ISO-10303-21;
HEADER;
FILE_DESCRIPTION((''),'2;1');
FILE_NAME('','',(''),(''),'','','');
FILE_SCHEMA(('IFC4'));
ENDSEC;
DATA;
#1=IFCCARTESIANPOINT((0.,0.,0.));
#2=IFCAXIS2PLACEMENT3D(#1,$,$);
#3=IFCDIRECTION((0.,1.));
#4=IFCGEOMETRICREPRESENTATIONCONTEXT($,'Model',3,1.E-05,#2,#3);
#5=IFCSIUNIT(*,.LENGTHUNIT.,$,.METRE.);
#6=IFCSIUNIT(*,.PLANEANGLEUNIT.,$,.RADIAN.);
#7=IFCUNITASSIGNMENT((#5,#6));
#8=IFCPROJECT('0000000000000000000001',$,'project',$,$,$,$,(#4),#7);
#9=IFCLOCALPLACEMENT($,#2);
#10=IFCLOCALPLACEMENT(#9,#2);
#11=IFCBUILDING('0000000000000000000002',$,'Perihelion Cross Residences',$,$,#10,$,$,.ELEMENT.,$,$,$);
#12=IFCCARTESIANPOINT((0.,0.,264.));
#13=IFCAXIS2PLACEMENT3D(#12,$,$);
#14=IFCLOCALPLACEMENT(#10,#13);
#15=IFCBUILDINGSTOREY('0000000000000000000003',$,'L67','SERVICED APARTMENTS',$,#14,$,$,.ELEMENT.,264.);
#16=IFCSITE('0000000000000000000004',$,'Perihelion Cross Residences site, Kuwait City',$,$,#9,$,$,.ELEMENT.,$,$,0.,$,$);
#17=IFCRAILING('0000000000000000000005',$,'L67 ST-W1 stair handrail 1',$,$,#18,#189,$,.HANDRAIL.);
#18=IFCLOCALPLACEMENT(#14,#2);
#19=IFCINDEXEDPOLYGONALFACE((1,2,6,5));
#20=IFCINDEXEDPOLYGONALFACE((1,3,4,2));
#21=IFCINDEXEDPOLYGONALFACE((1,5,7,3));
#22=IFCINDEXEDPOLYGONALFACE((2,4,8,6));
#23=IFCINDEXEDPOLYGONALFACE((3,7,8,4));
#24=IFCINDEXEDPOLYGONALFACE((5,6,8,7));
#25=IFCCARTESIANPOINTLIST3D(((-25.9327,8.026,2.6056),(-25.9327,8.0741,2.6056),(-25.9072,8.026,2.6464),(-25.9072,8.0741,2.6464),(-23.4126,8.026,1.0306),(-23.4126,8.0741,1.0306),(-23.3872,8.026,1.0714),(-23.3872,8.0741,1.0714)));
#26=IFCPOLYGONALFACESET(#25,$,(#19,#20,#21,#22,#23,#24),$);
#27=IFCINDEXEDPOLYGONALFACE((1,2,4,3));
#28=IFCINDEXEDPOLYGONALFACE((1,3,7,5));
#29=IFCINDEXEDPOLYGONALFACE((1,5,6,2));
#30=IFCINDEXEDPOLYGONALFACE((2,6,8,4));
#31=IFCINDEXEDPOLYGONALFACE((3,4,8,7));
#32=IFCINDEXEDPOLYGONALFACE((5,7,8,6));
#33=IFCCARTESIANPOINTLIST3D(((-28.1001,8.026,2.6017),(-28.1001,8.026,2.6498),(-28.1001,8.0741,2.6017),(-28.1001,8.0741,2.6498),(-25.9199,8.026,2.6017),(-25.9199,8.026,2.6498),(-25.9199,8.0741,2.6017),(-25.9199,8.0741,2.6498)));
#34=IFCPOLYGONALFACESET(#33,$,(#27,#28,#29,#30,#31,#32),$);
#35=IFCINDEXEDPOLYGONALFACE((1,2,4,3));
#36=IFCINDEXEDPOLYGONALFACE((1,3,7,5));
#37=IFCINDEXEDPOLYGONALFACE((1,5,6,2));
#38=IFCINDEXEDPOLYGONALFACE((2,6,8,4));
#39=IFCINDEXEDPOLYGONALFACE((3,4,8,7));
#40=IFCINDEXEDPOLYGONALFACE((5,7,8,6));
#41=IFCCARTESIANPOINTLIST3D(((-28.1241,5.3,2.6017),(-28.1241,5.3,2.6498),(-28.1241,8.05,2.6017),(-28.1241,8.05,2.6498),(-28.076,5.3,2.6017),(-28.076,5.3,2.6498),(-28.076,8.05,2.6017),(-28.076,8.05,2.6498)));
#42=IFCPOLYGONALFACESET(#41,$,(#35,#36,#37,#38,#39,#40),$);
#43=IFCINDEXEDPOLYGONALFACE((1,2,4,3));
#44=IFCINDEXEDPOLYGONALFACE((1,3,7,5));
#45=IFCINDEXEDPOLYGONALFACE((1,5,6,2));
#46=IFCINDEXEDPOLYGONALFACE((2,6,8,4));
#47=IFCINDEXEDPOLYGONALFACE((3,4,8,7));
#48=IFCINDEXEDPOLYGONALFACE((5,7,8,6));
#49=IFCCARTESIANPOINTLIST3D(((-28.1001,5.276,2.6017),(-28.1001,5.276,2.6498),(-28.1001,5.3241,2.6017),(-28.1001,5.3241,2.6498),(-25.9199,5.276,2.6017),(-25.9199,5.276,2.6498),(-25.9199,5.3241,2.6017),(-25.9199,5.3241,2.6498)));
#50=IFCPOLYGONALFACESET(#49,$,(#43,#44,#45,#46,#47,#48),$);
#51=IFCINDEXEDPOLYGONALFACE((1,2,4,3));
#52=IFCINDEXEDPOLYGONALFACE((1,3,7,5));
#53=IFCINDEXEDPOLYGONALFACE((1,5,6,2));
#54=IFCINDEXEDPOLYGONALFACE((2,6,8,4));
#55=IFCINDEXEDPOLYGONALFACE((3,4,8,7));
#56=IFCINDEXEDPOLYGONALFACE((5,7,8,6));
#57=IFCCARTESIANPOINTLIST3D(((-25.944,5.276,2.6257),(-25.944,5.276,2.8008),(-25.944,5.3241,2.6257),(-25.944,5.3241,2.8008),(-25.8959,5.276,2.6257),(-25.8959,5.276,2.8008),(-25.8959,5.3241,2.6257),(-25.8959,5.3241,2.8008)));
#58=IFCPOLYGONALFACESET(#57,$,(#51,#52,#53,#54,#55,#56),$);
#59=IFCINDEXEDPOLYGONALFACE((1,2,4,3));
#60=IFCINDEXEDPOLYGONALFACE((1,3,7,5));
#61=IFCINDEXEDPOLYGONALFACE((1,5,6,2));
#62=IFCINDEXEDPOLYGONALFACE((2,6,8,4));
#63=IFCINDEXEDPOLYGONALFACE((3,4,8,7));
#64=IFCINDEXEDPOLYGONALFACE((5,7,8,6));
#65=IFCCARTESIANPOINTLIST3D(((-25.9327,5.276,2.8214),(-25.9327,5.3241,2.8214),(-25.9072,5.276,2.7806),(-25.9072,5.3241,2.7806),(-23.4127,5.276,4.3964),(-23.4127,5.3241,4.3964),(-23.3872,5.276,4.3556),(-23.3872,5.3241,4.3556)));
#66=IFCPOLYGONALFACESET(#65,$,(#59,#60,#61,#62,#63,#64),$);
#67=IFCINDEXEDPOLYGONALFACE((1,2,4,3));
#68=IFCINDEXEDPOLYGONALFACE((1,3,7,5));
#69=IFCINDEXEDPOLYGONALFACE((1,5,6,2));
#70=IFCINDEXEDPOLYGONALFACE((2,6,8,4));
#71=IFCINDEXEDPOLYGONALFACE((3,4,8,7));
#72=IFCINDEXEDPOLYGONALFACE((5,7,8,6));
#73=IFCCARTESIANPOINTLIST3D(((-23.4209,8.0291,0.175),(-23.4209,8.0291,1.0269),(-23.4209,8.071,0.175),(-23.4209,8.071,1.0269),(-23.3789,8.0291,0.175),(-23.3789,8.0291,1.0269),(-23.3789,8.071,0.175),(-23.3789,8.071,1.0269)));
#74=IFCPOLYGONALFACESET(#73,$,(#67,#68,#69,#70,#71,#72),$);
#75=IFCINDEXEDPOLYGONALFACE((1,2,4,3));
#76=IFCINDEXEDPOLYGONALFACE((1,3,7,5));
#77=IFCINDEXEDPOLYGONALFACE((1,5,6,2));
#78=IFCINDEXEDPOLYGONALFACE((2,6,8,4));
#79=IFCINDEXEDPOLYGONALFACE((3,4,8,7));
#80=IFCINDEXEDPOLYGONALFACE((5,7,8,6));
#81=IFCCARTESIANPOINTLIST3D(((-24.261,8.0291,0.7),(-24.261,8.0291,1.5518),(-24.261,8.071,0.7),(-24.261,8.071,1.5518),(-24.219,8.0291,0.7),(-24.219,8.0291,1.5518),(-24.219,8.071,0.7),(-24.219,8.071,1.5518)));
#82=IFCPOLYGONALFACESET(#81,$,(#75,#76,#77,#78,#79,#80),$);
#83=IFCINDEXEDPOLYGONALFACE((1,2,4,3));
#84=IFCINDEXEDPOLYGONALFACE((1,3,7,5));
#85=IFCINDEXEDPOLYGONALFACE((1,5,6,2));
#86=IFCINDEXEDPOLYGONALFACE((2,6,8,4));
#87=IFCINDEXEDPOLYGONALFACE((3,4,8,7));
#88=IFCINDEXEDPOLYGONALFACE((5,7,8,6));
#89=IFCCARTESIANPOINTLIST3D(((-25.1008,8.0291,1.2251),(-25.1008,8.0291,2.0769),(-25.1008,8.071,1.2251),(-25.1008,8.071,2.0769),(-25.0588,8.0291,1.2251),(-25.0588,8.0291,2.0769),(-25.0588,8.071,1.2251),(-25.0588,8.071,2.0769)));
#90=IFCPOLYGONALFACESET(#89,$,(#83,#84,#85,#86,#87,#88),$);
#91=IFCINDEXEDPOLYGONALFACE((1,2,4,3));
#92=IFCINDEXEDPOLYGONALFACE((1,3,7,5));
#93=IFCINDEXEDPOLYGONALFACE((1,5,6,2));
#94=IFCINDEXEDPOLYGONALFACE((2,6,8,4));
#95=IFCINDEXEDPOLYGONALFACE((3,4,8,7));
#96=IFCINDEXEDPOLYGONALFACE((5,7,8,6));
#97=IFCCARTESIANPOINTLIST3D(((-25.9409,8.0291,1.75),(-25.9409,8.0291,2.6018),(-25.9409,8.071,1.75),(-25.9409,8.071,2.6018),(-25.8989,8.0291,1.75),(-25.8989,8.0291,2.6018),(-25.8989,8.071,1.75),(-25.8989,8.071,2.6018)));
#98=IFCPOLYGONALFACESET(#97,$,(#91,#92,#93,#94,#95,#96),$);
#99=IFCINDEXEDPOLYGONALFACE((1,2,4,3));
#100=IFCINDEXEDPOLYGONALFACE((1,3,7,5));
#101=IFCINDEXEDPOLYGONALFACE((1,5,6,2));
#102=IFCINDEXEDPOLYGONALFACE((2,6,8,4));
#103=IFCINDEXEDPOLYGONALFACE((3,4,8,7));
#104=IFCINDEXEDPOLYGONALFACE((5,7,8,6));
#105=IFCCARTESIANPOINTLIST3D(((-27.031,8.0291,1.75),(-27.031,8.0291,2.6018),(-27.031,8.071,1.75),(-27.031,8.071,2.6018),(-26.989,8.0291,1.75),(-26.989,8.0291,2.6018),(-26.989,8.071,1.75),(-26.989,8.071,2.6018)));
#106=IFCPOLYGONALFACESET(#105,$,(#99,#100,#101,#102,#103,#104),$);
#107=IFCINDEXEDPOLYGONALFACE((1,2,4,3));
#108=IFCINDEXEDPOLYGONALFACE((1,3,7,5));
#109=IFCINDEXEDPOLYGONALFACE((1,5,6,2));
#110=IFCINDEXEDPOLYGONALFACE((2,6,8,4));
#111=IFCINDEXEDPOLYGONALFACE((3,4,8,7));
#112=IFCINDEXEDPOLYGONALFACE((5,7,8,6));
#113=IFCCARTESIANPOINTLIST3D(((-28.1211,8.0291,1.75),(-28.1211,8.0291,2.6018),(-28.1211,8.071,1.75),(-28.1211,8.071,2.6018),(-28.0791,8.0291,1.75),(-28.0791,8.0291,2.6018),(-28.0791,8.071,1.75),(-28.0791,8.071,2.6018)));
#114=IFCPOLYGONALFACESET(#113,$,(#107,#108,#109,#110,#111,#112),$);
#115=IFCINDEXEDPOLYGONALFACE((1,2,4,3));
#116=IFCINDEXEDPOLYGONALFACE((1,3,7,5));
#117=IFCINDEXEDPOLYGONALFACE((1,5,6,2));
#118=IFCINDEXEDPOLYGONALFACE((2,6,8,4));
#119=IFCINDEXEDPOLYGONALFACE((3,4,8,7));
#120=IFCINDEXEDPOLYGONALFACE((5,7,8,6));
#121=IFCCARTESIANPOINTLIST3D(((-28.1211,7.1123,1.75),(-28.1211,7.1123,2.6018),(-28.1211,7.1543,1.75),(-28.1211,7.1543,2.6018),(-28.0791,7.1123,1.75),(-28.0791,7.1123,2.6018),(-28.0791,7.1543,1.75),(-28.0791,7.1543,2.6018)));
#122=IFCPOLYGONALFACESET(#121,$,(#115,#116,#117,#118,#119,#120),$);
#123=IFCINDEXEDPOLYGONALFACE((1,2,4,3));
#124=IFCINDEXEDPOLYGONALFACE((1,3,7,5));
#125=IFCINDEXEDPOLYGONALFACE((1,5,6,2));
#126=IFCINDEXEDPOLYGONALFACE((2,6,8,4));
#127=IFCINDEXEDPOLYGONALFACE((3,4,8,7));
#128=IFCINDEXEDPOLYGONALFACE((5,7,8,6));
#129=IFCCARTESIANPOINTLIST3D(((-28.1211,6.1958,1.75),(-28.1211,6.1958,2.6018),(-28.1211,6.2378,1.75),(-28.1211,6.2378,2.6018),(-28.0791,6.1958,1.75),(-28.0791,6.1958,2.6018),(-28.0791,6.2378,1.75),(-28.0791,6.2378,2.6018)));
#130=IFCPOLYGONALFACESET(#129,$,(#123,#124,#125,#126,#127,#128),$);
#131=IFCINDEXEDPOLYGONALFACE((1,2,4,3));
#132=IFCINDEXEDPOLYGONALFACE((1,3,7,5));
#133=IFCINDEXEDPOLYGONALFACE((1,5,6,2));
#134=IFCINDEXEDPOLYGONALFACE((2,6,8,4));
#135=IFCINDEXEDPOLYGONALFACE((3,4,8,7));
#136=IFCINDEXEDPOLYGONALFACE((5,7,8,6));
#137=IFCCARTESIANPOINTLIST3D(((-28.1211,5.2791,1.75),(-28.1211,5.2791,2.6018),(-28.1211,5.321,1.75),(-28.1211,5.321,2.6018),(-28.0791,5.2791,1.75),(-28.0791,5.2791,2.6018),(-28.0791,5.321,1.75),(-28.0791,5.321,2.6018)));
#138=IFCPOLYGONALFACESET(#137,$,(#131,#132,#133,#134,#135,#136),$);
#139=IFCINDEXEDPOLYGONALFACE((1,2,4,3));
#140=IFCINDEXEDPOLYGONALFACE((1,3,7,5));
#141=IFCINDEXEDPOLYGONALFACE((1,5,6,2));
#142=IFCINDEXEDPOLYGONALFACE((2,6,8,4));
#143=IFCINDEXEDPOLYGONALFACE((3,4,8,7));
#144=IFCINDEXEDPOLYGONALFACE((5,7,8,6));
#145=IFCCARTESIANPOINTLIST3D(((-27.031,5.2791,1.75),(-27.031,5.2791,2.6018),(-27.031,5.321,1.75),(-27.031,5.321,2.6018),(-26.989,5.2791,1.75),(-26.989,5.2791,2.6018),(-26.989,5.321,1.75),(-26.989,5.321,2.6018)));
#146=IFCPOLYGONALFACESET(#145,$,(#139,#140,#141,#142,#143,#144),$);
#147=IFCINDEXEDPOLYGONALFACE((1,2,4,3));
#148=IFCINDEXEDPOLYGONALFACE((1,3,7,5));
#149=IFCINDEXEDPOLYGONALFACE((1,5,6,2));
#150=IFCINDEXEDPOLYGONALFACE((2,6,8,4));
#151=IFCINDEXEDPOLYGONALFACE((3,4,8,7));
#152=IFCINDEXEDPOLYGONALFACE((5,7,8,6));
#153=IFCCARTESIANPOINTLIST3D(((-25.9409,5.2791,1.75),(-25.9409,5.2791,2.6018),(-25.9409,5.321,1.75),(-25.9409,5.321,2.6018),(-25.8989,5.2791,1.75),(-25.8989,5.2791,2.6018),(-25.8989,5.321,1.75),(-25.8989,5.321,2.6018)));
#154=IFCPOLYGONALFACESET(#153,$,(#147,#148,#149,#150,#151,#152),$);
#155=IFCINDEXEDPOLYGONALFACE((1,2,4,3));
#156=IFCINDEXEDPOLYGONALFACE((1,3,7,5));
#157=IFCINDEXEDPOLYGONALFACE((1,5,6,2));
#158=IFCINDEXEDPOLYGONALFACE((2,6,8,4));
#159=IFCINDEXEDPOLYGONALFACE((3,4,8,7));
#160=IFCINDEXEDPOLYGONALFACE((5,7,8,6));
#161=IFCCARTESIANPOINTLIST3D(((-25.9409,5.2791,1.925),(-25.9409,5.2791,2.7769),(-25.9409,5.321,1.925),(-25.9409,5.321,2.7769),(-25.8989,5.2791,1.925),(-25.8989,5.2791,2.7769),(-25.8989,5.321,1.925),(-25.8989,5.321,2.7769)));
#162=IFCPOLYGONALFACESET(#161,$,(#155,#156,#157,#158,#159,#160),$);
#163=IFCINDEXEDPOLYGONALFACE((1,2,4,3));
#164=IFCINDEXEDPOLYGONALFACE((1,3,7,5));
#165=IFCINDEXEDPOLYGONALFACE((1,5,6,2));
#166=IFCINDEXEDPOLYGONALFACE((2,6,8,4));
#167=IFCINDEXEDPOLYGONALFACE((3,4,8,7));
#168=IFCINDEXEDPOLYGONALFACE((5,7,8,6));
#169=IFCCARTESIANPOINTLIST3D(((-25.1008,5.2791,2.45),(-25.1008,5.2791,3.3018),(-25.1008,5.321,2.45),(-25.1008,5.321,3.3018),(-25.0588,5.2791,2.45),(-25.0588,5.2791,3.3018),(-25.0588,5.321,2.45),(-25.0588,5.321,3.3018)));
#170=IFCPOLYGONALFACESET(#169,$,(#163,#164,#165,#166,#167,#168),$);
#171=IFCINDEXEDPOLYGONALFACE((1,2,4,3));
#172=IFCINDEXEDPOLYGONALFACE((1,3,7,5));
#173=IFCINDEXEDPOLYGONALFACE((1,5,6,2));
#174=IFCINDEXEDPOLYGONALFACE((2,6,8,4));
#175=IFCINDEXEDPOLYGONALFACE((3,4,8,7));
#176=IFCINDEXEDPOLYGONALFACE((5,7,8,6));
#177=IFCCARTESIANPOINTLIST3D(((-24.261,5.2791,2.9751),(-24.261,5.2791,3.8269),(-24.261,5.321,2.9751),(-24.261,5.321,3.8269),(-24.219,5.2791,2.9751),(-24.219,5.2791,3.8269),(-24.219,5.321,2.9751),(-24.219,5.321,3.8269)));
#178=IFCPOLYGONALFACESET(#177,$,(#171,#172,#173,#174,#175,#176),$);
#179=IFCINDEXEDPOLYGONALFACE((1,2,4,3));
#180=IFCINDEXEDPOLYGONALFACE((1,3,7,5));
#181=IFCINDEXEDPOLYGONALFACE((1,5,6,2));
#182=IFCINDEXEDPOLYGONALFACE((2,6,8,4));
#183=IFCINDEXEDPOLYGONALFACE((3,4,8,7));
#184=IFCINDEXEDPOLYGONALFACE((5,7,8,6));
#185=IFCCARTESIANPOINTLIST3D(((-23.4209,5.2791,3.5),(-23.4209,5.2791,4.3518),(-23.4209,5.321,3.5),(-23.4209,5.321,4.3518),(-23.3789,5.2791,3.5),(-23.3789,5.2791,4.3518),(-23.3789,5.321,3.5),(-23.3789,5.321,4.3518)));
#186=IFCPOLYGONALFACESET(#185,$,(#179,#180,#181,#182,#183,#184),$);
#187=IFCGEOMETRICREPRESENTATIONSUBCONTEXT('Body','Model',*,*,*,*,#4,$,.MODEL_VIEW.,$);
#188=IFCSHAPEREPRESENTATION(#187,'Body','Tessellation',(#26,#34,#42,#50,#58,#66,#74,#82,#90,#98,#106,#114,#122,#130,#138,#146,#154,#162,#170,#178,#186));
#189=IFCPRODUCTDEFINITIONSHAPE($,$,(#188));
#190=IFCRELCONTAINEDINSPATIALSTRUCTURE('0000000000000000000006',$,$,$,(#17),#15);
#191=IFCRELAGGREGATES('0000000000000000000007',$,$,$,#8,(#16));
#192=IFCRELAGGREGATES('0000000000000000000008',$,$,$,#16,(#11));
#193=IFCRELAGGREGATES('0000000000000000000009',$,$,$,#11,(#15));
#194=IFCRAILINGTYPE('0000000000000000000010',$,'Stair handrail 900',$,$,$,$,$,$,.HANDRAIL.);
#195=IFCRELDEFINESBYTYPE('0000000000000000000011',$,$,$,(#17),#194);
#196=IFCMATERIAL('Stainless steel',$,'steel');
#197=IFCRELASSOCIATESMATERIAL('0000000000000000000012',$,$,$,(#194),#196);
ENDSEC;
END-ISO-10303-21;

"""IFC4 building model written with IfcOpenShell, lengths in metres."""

from ifc_helpers import new_model, si_unit, direction, frame, origin, origin_2d, place, context, subcontext, project, spatial, rectangle, extrude, material, type_object, element, save


model = new_model("IFC4")

# Units and contexts
model_context = context("Model", 3, precision=1e-05, world=origin(), true_north=direction((0.0, 1.0)))
body_context = subcontext(model_context, "Body", "Model", "MODEL_VIEW")
ifc_project = project(units=[si_unit("LENGTHUNIT", "METRE"), si_unit("PLANEANGLEUNIT", "RADIAN")], contexts=[model_context])

# Site, building, storey
site_placement = place(None, origin())
site = spatial("IfcSite", under=ifc_project, at=site_placement, Name="Perihelion Cross Residences site, Kuwait City", CompositionType="ELEMENT", RefElevation=0.0)
building_placement = place(site_placement, origin())
building = spatial("IfcBuilding", under=site, at=building_placement, Name="Perihelion Cross Residences", CompositionType="ELEMENT")
storey_placement = place(building_placement, frame((0.0, 0.0, 264.0)))
storey = spatial("IfcBuildingStorey", under=building, at=storey_placement, Name="L67", Description="SERVICED APARTMENTS", CompositionType="ELEMENT", Elevation=264.0)

# Railing
ifc_material_1 = material(Name="Stainless steel", Category="steel")
railing_type_1 = type_object("IfcRailingType", Name="Stair handrail 900", PredefinedType="HANDRAIL", material=ifc_material_1)
railing_1_placement = place(storey_placement, frame((-23.3999, 8.05, 0.175)))
element("IfcRailing", 1, at=railing_1_placement, inside=storey, type_object=railing_type_1, Name="L67 ST-W1 stair handrail 1", PredefinedType="HANDRAIL", context=body_context, shape_type="SweptSolid", body=[
    extrude(rectangle(XDim=0.0481, YDim=0.0481, at=origin_2d()), frame((0.0, 0.0, 0.876), z_axis=(-0.848008, 0.0, 0.529984), x_axis=(0.0, -1.0, 0.0)), (0.0, 0.0, 1.0), 2.9717),
    extrude(rectangle(XDim=0.0481, YDim=0.0481, at=origin_2d()), frame((-2.52, 0.0, 2.4507), z_axis=(-1.0, 0.0, 0.0), x_axis=(0.0, -1.0, 0.0)), (0.0, 0.0, 1.0), 2.1802),
    extrude(rectangle(XDim=0.0481, YDim=0.0481, at=origin_2d()), frame((-4.7002, 0.0, 2.4507), z_axis=(0.0, -1.0, 0.0), x_axis=(1.0, 0.0, 0.0)), (0.0, 0.0, 1.0), 2.75),
    extrude(rectangle(XDim=0.0481, YDim=0.0481, at=origin_2d()), frame((-4.7002, -2.75, 2.4507), z_axis=(1.0, 0.0, 0.0), x_axis=(0.0, 1.0, 0.0)), (0.0, 0.0, 1.0), 2.1802),
    extrude(rectangle(XDim=0.0481, YDim=0.0481, at=origin_2d()), frame((-2.52, -2.75, 2.4507), z_axis=(0.0, 0.0, 1.0), x_axis=(1.0, 0.0, 0.0)), (0.0, 0.0, 1.0), 0.175),
    extrude(rectangle(XDim=0.0481, YDim=0.0481, at=origin_2d()), frame((-2.52, -2.75, 2.626), z_axis=(0.848008, 0.0, 0.529984), x_axis=(0.0, 1.0, 0.0)), (0.0, 0.0, 1.0), 2.9717),
    extrude(rectangle(XDim=0.042, YDim=0.042, at=origin_2d()), origin(), (0.0, 0.0, 1.0), 0.8518),
    extrude(rectangle(XDim=0.042, YDim=0.042, at=origin_2d()), frame((-0.8401, 0.0, 0.5249)), (0.0, 0.0, 1.0), 0.8518),
    extrude(rectangle(XDim=0.042, YDim=0.042, at=origin_2d()), frame((-1.6799, 0.0, 1.05)), (0.0, 0.0, 1.0), 0.8518),
    extrude(rectangle(XDim=0.042, YDim=0.042, at=origin_2d()), frame((-2.52, 0.0, 1.575)), (0.0, 0.0, 1.0), 0.8518),
    extrude(rectangle(XDim=0.042, YDim=0.042, at=origin_2d()), frame((-3.6101, 0.0, 1.575)), (0.0, 0.0, 1.0), 0.8518),
    extrude(rectangle(XDim=0.042, YDim=0.042, at=origin_2d()), frame((-4.7002, 0.0, 1.575)), (0.0, 0.0, 1.0), 0.8518),
    extrude(rectangle(XDim=0.042, YDim=0.042, at=origin_2d()), frame((-4.7002, -0.9167, 1.575)), (0.0, 0.0, 1.0), 0.8518),
    extrude(rectangle(XDim=0.042, YDim=0.042, at=origin_2d()), frame((-4.7002, -1.8333, 1.575)), (0.0, 0.0, 1.0), 0.8518),
    extrude(rectangle(XDim=0.042, YDim=0.042, at=origin_2d()), frame((-4.7002, -2.75, 1.575)), (0.0, 0.0, 1.0), 0.8518),
    extrude(rectangle(XDim=0.042, YDim=0.042, at=origin_2d()), frame((-3.6101, -2.75, 1.575)), (0.0, 0.0, 1.0), 0.8518),
    extrude(rectangle(XDim=0.042, YDim=0.042, at=origin_2d()), frame((-2.52, -2.75, 1.575)), (0.0, 0.0, 1.0), 0.8518),
    extrude(rectangle(XDim=0.042, YDim=0.042, at=origin_2d()), frame((-2.52, -2.75, 1.75)), (0.0, 0.0, 1.0), 0.8518),
    extrude(rectangle(XDim=0.042, YDim=0.042, at=origin_2d()), frame((-1.6799, -2.75, 2.2749)), (0.0, 0.0, 1.0), 0.8518),
    extrude(rectangle(XDim=0.042, YDim=0.042, at=origin_2d()), frame((-0.8401, -2.75, 2.8)), (0.0, 0.0, 1.0), 0.8518),
    extrude(rectangle(XDim=0.042, YDim=0.042, at=origin_2d()), frame((0.0, -2.75, 3.325)), (0.0, 0.0, 1.0), 0.8518),
])

save(model, "model.ifc")
